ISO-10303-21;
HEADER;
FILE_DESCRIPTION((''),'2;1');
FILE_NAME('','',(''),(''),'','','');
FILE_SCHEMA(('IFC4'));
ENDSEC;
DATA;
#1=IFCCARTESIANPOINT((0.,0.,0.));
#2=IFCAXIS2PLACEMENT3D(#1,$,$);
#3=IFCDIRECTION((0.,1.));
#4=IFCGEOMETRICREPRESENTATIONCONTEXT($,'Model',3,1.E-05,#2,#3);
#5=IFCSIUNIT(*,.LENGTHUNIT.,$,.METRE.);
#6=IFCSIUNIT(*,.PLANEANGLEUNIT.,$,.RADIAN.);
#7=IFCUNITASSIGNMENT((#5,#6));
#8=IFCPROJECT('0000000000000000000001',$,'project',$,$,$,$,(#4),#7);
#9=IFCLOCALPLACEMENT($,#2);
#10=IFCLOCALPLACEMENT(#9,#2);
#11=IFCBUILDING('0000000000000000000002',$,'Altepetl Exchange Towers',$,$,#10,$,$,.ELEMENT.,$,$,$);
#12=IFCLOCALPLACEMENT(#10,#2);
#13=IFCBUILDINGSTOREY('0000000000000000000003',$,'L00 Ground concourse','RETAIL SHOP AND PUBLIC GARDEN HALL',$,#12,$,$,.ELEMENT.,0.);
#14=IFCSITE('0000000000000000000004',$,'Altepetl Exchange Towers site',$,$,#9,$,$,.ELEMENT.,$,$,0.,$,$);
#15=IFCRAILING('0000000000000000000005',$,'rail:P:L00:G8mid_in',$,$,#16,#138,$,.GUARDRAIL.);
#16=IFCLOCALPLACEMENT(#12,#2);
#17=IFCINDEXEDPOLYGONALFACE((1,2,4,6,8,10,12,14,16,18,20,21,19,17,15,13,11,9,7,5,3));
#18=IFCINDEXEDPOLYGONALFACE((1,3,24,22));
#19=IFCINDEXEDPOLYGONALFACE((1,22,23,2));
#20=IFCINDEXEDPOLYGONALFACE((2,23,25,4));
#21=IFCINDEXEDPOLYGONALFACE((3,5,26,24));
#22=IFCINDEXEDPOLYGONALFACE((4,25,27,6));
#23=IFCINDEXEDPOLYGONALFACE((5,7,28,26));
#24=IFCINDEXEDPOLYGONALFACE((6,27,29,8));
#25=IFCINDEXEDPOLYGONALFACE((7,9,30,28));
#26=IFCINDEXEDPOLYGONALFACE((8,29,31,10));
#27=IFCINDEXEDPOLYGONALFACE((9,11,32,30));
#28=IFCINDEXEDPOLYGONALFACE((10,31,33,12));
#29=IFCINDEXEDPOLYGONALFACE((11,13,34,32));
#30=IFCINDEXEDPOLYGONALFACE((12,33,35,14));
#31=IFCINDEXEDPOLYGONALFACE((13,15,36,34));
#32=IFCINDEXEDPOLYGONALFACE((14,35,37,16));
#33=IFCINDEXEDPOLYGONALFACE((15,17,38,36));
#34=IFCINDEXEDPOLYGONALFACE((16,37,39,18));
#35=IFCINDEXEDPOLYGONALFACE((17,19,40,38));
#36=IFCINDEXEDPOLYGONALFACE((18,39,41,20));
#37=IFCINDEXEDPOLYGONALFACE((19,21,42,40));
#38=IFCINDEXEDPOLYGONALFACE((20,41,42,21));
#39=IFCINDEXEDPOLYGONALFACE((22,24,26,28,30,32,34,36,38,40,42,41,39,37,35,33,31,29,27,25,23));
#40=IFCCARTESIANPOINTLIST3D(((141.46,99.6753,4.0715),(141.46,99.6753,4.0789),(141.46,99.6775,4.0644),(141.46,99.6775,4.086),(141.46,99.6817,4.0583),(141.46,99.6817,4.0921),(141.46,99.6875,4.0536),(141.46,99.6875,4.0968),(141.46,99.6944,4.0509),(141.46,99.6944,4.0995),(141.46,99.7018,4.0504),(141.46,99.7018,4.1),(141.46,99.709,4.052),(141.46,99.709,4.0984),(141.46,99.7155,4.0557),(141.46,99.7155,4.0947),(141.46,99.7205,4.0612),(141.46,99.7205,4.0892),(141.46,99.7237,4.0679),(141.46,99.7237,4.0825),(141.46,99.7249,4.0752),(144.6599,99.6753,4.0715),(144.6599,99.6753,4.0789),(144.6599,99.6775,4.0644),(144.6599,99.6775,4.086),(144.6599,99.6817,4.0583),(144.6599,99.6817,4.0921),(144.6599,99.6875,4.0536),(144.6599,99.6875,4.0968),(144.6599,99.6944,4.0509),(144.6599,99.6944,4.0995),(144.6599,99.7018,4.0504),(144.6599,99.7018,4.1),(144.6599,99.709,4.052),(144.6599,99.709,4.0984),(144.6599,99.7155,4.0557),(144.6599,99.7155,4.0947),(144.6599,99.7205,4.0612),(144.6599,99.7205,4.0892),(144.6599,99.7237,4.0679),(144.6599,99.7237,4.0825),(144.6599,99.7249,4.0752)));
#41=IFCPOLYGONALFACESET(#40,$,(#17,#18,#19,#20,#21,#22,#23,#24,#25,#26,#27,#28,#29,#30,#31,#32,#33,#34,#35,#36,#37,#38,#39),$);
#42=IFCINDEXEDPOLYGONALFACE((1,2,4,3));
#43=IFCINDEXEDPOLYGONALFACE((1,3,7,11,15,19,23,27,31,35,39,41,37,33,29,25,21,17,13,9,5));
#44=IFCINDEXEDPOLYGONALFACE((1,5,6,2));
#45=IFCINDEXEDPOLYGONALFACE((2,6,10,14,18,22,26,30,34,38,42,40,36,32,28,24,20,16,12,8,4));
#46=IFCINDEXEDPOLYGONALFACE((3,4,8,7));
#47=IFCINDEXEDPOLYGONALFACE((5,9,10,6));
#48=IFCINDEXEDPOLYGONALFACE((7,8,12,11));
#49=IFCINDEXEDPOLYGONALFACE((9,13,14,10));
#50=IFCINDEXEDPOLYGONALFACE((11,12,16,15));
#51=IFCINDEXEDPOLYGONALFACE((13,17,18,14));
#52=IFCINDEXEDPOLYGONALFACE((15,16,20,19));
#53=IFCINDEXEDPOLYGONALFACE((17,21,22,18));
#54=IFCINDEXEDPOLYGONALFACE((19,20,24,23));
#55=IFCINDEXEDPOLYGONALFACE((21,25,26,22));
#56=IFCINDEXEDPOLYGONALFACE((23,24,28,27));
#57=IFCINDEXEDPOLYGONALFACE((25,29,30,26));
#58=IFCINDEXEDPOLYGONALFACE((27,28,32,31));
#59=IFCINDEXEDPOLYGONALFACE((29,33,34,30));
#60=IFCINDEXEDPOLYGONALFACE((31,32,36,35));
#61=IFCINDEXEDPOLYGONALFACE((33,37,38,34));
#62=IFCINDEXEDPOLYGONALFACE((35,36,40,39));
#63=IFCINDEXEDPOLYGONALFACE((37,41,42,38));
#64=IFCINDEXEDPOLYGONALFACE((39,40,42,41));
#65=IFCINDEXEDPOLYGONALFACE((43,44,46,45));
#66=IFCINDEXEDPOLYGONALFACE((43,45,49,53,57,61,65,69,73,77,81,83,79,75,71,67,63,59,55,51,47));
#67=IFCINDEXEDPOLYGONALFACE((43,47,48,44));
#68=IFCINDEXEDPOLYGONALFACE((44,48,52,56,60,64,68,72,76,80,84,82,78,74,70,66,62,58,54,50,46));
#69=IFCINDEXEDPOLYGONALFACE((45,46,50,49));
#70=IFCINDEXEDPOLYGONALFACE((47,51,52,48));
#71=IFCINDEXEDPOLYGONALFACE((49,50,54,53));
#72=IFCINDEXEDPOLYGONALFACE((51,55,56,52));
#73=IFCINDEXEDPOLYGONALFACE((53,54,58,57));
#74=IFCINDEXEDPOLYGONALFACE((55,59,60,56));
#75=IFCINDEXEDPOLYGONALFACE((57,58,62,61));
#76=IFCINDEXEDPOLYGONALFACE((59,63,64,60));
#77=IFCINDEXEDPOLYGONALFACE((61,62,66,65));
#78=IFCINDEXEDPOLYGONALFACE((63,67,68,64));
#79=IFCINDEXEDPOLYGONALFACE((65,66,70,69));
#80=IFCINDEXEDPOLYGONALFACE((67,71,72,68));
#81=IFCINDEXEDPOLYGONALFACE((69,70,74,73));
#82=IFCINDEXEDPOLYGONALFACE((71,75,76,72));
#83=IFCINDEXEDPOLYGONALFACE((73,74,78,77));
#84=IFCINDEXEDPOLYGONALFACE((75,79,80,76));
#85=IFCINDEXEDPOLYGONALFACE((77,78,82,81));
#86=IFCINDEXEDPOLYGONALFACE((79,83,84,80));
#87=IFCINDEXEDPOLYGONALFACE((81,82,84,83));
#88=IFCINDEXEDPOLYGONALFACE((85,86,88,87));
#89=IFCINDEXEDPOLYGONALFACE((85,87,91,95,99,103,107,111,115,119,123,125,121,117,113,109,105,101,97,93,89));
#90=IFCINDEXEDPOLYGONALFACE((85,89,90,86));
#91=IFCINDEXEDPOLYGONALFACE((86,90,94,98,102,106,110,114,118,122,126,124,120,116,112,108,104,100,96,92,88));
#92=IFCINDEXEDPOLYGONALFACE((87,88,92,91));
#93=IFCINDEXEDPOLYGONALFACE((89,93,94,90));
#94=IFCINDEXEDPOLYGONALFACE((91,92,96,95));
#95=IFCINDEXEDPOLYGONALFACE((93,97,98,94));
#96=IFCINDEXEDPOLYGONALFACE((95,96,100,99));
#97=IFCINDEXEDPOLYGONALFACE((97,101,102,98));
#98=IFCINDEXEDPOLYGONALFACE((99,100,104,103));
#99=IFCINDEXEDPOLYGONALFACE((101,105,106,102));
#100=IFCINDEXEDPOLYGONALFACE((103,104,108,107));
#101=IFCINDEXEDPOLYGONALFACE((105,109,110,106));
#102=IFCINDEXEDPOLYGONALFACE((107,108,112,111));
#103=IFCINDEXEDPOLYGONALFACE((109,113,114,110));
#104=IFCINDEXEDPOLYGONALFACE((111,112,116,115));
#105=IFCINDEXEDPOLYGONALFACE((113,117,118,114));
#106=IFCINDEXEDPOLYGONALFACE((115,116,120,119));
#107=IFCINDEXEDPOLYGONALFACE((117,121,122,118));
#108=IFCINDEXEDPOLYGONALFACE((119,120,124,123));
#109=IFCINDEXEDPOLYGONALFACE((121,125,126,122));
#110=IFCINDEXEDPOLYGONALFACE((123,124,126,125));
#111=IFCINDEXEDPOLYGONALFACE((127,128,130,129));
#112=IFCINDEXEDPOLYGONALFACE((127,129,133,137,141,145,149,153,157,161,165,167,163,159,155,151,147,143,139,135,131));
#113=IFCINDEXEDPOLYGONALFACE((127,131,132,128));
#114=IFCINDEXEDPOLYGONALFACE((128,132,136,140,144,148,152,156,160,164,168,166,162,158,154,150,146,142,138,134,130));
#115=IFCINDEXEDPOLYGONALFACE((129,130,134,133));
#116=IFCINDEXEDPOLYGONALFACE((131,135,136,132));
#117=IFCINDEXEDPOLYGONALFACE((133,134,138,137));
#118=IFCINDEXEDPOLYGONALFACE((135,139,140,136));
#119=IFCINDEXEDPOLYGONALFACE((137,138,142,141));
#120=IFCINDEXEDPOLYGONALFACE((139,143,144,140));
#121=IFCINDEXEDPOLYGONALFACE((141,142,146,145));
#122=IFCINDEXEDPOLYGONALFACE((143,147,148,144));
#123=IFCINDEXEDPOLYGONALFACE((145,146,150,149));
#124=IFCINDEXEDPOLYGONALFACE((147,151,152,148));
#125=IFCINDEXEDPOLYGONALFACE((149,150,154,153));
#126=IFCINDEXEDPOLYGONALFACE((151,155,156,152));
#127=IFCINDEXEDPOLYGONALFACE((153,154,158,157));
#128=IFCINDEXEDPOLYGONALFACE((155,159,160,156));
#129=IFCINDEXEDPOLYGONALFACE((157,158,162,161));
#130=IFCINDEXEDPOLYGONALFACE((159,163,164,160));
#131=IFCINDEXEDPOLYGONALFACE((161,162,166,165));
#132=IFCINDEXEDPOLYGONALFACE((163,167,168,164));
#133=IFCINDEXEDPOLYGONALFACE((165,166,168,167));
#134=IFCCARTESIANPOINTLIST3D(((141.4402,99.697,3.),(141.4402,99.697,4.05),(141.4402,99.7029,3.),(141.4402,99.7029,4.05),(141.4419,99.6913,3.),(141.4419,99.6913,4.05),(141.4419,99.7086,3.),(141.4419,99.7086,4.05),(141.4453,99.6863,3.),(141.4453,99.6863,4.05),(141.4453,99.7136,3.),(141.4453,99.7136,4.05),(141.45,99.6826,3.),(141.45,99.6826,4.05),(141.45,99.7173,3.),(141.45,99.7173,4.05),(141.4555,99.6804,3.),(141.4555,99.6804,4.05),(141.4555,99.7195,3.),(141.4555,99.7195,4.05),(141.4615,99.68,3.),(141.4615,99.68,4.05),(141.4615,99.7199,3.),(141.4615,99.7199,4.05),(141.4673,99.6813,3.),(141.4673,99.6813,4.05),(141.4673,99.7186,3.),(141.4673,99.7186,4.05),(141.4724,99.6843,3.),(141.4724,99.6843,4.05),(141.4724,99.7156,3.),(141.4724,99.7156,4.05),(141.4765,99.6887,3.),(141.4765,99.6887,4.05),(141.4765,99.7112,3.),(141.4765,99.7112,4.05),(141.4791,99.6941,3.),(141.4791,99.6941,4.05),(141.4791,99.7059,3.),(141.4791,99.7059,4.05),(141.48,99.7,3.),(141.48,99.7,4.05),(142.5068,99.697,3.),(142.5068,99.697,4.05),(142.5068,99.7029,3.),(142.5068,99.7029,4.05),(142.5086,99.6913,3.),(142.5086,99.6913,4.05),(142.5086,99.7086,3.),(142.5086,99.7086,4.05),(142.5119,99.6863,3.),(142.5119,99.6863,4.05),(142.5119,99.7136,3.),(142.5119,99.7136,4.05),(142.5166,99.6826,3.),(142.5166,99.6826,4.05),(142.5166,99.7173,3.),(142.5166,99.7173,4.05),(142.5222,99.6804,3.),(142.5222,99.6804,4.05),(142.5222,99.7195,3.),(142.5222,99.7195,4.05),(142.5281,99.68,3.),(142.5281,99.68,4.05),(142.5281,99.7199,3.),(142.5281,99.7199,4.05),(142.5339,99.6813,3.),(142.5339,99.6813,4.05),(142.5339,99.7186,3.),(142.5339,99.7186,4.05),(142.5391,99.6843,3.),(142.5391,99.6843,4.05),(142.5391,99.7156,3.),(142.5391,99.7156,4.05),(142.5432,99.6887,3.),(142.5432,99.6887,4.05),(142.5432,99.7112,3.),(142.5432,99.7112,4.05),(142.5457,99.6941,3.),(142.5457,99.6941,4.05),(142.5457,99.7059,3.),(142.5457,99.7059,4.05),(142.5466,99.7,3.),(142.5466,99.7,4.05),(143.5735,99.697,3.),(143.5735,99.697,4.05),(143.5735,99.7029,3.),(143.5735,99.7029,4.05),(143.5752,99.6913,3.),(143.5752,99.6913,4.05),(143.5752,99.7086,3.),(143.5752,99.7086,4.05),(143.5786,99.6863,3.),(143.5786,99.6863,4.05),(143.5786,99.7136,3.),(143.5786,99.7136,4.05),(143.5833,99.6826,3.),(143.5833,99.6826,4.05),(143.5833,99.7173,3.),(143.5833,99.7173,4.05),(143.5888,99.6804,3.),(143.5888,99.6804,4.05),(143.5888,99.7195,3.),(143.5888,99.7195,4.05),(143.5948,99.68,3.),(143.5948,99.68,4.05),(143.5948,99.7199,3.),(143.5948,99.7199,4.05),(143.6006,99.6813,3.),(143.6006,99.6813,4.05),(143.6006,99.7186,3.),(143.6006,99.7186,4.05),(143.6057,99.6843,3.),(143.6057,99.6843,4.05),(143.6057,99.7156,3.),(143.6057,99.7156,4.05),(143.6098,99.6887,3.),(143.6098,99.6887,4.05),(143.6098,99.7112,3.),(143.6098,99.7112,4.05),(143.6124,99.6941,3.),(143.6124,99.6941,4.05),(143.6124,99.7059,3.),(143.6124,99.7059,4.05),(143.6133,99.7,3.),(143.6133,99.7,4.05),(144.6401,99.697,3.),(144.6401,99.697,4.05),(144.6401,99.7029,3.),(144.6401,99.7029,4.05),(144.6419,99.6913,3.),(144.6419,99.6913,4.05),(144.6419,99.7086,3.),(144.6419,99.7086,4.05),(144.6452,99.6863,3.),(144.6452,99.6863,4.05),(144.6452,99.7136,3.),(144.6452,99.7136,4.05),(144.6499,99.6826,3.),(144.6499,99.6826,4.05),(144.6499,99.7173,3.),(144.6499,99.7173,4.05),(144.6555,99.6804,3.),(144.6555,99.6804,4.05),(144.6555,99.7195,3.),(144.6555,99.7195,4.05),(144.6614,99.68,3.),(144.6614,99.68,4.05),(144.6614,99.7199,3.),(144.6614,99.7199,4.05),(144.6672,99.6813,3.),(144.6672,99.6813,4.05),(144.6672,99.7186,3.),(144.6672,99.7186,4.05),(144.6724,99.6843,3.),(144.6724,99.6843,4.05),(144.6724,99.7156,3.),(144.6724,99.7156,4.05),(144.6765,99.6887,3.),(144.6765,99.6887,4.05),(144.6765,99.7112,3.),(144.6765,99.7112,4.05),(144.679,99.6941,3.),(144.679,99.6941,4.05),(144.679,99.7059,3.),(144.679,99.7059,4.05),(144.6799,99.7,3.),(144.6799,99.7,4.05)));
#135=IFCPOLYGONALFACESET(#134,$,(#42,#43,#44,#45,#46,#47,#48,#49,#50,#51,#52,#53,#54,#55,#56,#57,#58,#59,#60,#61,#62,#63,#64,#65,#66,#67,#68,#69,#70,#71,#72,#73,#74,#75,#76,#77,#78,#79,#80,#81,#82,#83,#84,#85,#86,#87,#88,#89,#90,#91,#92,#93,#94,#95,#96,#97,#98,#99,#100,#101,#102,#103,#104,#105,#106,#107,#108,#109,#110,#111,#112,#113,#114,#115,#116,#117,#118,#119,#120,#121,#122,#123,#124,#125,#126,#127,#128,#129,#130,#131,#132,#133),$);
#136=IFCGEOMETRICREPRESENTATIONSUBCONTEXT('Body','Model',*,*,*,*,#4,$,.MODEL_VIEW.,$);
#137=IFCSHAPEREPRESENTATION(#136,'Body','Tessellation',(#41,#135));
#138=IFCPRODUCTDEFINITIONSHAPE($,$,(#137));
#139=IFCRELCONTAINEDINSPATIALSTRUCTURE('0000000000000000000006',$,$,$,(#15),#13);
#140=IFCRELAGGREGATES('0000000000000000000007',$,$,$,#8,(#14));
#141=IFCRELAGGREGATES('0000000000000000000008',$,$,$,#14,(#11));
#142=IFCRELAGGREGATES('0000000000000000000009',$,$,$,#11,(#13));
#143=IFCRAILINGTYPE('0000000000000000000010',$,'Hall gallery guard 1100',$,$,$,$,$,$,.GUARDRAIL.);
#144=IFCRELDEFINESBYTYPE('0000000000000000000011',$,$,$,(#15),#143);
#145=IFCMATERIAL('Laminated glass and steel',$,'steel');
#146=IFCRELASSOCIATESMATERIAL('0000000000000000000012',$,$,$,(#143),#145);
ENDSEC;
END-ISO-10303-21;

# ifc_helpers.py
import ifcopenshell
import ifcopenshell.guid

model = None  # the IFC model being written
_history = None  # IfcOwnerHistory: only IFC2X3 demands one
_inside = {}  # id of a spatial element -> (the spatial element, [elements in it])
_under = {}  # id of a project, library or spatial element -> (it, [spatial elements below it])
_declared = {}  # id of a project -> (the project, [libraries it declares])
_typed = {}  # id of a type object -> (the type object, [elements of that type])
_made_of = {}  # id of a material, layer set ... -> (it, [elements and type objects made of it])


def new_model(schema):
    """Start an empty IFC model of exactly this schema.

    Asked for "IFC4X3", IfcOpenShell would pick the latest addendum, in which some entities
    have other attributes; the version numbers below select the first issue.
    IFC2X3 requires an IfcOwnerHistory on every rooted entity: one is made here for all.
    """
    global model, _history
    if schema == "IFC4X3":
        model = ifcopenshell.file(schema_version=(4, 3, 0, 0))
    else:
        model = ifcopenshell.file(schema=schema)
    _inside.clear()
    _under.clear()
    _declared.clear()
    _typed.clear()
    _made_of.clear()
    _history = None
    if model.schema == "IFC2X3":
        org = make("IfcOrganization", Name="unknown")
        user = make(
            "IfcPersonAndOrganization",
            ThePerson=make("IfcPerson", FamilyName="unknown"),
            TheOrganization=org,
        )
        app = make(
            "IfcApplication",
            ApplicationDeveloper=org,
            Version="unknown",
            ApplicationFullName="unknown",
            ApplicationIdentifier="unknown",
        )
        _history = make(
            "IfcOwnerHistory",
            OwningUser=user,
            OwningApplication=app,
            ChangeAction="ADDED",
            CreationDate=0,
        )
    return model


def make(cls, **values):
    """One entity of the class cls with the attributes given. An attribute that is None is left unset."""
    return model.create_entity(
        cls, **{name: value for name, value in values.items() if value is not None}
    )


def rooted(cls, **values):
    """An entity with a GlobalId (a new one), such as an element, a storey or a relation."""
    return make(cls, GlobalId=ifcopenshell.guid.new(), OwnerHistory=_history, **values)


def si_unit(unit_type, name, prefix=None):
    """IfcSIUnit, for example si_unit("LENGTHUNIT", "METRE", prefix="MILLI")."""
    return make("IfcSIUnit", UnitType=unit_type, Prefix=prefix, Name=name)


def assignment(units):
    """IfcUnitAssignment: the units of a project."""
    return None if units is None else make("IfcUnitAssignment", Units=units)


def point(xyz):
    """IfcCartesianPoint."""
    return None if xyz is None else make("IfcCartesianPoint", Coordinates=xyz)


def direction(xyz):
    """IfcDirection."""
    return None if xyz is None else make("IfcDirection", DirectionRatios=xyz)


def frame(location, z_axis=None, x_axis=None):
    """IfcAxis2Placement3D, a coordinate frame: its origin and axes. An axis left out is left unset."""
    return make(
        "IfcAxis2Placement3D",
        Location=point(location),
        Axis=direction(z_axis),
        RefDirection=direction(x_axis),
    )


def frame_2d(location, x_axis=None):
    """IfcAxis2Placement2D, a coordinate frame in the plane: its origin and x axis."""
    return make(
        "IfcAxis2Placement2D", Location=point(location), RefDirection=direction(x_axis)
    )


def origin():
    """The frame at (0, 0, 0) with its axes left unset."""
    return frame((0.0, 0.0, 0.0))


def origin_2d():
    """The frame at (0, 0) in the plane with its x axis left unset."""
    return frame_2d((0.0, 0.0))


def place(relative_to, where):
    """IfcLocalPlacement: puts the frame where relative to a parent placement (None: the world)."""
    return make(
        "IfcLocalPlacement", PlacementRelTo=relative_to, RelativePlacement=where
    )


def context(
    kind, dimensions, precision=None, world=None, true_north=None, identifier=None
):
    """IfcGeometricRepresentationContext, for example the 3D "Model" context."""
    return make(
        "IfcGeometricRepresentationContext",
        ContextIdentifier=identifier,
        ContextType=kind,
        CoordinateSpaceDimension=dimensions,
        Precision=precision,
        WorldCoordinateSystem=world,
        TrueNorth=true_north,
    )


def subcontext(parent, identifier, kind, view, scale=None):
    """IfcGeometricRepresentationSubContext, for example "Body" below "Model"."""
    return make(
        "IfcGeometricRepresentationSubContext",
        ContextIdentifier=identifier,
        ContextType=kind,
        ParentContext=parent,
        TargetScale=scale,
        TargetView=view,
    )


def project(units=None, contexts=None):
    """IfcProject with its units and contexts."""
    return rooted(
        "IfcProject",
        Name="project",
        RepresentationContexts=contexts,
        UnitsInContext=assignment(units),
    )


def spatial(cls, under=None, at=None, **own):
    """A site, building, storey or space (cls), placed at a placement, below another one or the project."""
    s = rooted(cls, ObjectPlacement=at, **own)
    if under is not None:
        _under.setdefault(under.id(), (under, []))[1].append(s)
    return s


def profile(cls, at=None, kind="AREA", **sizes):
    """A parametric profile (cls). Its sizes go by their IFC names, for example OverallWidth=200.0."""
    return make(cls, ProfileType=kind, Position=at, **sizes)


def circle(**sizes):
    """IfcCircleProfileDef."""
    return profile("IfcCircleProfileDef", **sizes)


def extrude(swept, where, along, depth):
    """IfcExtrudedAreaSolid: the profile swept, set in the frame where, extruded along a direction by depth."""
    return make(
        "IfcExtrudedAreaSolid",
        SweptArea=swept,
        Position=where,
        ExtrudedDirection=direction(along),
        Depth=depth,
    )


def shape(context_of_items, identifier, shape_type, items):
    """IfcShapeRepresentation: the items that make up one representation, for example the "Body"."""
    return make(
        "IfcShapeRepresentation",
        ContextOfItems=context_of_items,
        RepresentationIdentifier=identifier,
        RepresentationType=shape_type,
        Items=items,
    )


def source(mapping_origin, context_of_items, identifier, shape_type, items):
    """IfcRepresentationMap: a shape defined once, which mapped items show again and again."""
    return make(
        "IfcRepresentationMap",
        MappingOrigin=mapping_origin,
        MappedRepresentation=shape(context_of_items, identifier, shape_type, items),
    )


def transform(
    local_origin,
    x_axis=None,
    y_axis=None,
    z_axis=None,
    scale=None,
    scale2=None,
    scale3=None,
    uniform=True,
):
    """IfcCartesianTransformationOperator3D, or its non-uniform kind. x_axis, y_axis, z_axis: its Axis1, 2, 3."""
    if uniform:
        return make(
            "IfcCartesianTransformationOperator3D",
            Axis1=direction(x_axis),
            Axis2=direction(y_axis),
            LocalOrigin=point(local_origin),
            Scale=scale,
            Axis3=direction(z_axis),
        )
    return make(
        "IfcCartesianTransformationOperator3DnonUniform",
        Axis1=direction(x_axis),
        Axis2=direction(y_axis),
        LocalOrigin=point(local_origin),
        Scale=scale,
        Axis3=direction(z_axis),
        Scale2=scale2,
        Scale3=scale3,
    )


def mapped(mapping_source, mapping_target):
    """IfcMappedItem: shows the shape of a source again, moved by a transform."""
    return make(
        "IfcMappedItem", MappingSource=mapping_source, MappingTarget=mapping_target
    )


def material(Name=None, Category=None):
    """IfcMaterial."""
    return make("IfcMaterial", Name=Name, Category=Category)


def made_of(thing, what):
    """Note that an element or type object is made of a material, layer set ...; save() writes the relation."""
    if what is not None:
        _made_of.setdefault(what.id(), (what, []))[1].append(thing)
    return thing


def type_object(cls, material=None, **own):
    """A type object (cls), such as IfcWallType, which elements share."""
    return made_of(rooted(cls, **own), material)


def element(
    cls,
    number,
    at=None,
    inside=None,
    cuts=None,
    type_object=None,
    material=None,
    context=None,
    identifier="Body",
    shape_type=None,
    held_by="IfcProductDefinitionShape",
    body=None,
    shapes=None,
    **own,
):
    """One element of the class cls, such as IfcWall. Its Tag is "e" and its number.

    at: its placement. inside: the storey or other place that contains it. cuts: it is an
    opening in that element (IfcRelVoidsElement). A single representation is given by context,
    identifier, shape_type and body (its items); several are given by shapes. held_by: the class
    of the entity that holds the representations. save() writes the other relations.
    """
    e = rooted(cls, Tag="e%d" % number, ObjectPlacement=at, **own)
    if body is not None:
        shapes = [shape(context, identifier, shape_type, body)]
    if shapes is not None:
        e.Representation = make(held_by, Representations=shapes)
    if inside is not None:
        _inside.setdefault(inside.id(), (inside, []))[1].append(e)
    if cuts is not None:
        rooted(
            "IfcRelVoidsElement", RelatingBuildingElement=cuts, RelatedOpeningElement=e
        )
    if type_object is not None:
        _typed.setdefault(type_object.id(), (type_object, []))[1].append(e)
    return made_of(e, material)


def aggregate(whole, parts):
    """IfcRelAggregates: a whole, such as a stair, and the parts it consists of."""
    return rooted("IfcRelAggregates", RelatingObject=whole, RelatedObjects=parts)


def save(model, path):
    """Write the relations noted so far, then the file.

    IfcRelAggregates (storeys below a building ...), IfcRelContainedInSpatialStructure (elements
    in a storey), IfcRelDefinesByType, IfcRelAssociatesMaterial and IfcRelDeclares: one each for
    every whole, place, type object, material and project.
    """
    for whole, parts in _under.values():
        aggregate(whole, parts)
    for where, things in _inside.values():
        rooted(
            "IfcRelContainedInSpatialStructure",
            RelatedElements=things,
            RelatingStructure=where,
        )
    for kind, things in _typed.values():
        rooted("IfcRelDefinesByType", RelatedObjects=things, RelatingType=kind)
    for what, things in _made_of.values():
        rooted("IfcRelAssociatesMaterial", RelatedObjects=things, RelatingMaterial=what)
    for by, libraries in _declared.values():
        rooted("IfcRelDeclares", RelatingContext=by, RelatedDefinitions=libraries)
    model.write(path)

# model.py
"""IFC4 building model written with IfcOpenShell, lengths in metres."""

from ifc_helpers import new_model, si_unit, direction, frame, origin, origin_2d, place, context, subcontext, project, spatial, circle, extrude, source, transform, mapped, material, type_object, element, save


model = new_model("IFC4")

# Units and contexts
model_context = context("Model", 3, precision=1e-05, world=origin(), true_north=direction((0.0, 1.0)))
body_context = subcontext(model_context, "Body", "Model", "MODEL_VIEW")
ifc_project = project(units=[si_unit("LENGTHUNIT", "METRE"), si_unit("PLANEANGLEUNIT", "RADIAN")], contexts=[model_context])

# Site, building, storey
site_placement = place(None, origin())
site = spatial("IfcSite", under=ifc_project, at=site_placement, Name="Altepetl Exchange Towers site", CompositionType="ELEMENT", RefElevation=0.0)
building_placement = place(site_placement, origin())
building = spatial("IfcBuilding", under=site, at=building_placement, Name="Altepetl Exchange Towers", CompositionType="ELEMENT")
storey_placement = place(building_placement, origin())
storey = spatial("IfcBuildingStorey", under=building, at=storey_placement, Name="L00 Ground concourse", Description="RETAIL SHOP AND PUBLIC GARDEN HALL", CompositionType="ELEMENT", Elevation=0.0)

# Railing
ifc_material_1 = material(Name="Laminated glass and steel", Category="steel")
railing_type_1 = type_object("IfcRailingType", Name="Hall gallery guard 1100", PredefinedType="GUARDRAIL", material=ifc_material_1)
shared_shape_1 = source(origin(), body_context, "Body", "SweptSolid", [
    extrude(circle(Radius=0.02, at=origin_2d()), origin(), (0.0, 0.0, 1.0), 1.05),
])
for number, where, name in (
    (1, (141.46, 99.7, 3.0), "rail:P:L00:G8mid_in"),
):
    element("IfcRailing", number, at=place(storey_placement, frame(where)), inside=storey, type_object=railing_type_1, Name=name, PredefinedType="GUARDRAIL", context=body_context, shape_type="SweptSolid", body=[
        extrude(circle(Radius=0.0249, at=origin_2d()), frame((0.0, 0.0, 1.0752), z_axis=(1.0, 0.0, 0.0), x_axis=(0.0, 1.0, 0.0)), (0.0, 0.0, 1.0), 3.2),
        mapped(shared_shape_1, transform((0.0, 0.0, 0.0))),
        mapped(shared_shape_1, transform((1.0667, 0.0, 0.0))),
        mapped(shared_shape_1, transform((2.1333, 0.0, 0.0))),
        mapped(shared_shape_1, transform((3.2, 0.0, 0.0))),
    ])

save(model, "model.ifc")
